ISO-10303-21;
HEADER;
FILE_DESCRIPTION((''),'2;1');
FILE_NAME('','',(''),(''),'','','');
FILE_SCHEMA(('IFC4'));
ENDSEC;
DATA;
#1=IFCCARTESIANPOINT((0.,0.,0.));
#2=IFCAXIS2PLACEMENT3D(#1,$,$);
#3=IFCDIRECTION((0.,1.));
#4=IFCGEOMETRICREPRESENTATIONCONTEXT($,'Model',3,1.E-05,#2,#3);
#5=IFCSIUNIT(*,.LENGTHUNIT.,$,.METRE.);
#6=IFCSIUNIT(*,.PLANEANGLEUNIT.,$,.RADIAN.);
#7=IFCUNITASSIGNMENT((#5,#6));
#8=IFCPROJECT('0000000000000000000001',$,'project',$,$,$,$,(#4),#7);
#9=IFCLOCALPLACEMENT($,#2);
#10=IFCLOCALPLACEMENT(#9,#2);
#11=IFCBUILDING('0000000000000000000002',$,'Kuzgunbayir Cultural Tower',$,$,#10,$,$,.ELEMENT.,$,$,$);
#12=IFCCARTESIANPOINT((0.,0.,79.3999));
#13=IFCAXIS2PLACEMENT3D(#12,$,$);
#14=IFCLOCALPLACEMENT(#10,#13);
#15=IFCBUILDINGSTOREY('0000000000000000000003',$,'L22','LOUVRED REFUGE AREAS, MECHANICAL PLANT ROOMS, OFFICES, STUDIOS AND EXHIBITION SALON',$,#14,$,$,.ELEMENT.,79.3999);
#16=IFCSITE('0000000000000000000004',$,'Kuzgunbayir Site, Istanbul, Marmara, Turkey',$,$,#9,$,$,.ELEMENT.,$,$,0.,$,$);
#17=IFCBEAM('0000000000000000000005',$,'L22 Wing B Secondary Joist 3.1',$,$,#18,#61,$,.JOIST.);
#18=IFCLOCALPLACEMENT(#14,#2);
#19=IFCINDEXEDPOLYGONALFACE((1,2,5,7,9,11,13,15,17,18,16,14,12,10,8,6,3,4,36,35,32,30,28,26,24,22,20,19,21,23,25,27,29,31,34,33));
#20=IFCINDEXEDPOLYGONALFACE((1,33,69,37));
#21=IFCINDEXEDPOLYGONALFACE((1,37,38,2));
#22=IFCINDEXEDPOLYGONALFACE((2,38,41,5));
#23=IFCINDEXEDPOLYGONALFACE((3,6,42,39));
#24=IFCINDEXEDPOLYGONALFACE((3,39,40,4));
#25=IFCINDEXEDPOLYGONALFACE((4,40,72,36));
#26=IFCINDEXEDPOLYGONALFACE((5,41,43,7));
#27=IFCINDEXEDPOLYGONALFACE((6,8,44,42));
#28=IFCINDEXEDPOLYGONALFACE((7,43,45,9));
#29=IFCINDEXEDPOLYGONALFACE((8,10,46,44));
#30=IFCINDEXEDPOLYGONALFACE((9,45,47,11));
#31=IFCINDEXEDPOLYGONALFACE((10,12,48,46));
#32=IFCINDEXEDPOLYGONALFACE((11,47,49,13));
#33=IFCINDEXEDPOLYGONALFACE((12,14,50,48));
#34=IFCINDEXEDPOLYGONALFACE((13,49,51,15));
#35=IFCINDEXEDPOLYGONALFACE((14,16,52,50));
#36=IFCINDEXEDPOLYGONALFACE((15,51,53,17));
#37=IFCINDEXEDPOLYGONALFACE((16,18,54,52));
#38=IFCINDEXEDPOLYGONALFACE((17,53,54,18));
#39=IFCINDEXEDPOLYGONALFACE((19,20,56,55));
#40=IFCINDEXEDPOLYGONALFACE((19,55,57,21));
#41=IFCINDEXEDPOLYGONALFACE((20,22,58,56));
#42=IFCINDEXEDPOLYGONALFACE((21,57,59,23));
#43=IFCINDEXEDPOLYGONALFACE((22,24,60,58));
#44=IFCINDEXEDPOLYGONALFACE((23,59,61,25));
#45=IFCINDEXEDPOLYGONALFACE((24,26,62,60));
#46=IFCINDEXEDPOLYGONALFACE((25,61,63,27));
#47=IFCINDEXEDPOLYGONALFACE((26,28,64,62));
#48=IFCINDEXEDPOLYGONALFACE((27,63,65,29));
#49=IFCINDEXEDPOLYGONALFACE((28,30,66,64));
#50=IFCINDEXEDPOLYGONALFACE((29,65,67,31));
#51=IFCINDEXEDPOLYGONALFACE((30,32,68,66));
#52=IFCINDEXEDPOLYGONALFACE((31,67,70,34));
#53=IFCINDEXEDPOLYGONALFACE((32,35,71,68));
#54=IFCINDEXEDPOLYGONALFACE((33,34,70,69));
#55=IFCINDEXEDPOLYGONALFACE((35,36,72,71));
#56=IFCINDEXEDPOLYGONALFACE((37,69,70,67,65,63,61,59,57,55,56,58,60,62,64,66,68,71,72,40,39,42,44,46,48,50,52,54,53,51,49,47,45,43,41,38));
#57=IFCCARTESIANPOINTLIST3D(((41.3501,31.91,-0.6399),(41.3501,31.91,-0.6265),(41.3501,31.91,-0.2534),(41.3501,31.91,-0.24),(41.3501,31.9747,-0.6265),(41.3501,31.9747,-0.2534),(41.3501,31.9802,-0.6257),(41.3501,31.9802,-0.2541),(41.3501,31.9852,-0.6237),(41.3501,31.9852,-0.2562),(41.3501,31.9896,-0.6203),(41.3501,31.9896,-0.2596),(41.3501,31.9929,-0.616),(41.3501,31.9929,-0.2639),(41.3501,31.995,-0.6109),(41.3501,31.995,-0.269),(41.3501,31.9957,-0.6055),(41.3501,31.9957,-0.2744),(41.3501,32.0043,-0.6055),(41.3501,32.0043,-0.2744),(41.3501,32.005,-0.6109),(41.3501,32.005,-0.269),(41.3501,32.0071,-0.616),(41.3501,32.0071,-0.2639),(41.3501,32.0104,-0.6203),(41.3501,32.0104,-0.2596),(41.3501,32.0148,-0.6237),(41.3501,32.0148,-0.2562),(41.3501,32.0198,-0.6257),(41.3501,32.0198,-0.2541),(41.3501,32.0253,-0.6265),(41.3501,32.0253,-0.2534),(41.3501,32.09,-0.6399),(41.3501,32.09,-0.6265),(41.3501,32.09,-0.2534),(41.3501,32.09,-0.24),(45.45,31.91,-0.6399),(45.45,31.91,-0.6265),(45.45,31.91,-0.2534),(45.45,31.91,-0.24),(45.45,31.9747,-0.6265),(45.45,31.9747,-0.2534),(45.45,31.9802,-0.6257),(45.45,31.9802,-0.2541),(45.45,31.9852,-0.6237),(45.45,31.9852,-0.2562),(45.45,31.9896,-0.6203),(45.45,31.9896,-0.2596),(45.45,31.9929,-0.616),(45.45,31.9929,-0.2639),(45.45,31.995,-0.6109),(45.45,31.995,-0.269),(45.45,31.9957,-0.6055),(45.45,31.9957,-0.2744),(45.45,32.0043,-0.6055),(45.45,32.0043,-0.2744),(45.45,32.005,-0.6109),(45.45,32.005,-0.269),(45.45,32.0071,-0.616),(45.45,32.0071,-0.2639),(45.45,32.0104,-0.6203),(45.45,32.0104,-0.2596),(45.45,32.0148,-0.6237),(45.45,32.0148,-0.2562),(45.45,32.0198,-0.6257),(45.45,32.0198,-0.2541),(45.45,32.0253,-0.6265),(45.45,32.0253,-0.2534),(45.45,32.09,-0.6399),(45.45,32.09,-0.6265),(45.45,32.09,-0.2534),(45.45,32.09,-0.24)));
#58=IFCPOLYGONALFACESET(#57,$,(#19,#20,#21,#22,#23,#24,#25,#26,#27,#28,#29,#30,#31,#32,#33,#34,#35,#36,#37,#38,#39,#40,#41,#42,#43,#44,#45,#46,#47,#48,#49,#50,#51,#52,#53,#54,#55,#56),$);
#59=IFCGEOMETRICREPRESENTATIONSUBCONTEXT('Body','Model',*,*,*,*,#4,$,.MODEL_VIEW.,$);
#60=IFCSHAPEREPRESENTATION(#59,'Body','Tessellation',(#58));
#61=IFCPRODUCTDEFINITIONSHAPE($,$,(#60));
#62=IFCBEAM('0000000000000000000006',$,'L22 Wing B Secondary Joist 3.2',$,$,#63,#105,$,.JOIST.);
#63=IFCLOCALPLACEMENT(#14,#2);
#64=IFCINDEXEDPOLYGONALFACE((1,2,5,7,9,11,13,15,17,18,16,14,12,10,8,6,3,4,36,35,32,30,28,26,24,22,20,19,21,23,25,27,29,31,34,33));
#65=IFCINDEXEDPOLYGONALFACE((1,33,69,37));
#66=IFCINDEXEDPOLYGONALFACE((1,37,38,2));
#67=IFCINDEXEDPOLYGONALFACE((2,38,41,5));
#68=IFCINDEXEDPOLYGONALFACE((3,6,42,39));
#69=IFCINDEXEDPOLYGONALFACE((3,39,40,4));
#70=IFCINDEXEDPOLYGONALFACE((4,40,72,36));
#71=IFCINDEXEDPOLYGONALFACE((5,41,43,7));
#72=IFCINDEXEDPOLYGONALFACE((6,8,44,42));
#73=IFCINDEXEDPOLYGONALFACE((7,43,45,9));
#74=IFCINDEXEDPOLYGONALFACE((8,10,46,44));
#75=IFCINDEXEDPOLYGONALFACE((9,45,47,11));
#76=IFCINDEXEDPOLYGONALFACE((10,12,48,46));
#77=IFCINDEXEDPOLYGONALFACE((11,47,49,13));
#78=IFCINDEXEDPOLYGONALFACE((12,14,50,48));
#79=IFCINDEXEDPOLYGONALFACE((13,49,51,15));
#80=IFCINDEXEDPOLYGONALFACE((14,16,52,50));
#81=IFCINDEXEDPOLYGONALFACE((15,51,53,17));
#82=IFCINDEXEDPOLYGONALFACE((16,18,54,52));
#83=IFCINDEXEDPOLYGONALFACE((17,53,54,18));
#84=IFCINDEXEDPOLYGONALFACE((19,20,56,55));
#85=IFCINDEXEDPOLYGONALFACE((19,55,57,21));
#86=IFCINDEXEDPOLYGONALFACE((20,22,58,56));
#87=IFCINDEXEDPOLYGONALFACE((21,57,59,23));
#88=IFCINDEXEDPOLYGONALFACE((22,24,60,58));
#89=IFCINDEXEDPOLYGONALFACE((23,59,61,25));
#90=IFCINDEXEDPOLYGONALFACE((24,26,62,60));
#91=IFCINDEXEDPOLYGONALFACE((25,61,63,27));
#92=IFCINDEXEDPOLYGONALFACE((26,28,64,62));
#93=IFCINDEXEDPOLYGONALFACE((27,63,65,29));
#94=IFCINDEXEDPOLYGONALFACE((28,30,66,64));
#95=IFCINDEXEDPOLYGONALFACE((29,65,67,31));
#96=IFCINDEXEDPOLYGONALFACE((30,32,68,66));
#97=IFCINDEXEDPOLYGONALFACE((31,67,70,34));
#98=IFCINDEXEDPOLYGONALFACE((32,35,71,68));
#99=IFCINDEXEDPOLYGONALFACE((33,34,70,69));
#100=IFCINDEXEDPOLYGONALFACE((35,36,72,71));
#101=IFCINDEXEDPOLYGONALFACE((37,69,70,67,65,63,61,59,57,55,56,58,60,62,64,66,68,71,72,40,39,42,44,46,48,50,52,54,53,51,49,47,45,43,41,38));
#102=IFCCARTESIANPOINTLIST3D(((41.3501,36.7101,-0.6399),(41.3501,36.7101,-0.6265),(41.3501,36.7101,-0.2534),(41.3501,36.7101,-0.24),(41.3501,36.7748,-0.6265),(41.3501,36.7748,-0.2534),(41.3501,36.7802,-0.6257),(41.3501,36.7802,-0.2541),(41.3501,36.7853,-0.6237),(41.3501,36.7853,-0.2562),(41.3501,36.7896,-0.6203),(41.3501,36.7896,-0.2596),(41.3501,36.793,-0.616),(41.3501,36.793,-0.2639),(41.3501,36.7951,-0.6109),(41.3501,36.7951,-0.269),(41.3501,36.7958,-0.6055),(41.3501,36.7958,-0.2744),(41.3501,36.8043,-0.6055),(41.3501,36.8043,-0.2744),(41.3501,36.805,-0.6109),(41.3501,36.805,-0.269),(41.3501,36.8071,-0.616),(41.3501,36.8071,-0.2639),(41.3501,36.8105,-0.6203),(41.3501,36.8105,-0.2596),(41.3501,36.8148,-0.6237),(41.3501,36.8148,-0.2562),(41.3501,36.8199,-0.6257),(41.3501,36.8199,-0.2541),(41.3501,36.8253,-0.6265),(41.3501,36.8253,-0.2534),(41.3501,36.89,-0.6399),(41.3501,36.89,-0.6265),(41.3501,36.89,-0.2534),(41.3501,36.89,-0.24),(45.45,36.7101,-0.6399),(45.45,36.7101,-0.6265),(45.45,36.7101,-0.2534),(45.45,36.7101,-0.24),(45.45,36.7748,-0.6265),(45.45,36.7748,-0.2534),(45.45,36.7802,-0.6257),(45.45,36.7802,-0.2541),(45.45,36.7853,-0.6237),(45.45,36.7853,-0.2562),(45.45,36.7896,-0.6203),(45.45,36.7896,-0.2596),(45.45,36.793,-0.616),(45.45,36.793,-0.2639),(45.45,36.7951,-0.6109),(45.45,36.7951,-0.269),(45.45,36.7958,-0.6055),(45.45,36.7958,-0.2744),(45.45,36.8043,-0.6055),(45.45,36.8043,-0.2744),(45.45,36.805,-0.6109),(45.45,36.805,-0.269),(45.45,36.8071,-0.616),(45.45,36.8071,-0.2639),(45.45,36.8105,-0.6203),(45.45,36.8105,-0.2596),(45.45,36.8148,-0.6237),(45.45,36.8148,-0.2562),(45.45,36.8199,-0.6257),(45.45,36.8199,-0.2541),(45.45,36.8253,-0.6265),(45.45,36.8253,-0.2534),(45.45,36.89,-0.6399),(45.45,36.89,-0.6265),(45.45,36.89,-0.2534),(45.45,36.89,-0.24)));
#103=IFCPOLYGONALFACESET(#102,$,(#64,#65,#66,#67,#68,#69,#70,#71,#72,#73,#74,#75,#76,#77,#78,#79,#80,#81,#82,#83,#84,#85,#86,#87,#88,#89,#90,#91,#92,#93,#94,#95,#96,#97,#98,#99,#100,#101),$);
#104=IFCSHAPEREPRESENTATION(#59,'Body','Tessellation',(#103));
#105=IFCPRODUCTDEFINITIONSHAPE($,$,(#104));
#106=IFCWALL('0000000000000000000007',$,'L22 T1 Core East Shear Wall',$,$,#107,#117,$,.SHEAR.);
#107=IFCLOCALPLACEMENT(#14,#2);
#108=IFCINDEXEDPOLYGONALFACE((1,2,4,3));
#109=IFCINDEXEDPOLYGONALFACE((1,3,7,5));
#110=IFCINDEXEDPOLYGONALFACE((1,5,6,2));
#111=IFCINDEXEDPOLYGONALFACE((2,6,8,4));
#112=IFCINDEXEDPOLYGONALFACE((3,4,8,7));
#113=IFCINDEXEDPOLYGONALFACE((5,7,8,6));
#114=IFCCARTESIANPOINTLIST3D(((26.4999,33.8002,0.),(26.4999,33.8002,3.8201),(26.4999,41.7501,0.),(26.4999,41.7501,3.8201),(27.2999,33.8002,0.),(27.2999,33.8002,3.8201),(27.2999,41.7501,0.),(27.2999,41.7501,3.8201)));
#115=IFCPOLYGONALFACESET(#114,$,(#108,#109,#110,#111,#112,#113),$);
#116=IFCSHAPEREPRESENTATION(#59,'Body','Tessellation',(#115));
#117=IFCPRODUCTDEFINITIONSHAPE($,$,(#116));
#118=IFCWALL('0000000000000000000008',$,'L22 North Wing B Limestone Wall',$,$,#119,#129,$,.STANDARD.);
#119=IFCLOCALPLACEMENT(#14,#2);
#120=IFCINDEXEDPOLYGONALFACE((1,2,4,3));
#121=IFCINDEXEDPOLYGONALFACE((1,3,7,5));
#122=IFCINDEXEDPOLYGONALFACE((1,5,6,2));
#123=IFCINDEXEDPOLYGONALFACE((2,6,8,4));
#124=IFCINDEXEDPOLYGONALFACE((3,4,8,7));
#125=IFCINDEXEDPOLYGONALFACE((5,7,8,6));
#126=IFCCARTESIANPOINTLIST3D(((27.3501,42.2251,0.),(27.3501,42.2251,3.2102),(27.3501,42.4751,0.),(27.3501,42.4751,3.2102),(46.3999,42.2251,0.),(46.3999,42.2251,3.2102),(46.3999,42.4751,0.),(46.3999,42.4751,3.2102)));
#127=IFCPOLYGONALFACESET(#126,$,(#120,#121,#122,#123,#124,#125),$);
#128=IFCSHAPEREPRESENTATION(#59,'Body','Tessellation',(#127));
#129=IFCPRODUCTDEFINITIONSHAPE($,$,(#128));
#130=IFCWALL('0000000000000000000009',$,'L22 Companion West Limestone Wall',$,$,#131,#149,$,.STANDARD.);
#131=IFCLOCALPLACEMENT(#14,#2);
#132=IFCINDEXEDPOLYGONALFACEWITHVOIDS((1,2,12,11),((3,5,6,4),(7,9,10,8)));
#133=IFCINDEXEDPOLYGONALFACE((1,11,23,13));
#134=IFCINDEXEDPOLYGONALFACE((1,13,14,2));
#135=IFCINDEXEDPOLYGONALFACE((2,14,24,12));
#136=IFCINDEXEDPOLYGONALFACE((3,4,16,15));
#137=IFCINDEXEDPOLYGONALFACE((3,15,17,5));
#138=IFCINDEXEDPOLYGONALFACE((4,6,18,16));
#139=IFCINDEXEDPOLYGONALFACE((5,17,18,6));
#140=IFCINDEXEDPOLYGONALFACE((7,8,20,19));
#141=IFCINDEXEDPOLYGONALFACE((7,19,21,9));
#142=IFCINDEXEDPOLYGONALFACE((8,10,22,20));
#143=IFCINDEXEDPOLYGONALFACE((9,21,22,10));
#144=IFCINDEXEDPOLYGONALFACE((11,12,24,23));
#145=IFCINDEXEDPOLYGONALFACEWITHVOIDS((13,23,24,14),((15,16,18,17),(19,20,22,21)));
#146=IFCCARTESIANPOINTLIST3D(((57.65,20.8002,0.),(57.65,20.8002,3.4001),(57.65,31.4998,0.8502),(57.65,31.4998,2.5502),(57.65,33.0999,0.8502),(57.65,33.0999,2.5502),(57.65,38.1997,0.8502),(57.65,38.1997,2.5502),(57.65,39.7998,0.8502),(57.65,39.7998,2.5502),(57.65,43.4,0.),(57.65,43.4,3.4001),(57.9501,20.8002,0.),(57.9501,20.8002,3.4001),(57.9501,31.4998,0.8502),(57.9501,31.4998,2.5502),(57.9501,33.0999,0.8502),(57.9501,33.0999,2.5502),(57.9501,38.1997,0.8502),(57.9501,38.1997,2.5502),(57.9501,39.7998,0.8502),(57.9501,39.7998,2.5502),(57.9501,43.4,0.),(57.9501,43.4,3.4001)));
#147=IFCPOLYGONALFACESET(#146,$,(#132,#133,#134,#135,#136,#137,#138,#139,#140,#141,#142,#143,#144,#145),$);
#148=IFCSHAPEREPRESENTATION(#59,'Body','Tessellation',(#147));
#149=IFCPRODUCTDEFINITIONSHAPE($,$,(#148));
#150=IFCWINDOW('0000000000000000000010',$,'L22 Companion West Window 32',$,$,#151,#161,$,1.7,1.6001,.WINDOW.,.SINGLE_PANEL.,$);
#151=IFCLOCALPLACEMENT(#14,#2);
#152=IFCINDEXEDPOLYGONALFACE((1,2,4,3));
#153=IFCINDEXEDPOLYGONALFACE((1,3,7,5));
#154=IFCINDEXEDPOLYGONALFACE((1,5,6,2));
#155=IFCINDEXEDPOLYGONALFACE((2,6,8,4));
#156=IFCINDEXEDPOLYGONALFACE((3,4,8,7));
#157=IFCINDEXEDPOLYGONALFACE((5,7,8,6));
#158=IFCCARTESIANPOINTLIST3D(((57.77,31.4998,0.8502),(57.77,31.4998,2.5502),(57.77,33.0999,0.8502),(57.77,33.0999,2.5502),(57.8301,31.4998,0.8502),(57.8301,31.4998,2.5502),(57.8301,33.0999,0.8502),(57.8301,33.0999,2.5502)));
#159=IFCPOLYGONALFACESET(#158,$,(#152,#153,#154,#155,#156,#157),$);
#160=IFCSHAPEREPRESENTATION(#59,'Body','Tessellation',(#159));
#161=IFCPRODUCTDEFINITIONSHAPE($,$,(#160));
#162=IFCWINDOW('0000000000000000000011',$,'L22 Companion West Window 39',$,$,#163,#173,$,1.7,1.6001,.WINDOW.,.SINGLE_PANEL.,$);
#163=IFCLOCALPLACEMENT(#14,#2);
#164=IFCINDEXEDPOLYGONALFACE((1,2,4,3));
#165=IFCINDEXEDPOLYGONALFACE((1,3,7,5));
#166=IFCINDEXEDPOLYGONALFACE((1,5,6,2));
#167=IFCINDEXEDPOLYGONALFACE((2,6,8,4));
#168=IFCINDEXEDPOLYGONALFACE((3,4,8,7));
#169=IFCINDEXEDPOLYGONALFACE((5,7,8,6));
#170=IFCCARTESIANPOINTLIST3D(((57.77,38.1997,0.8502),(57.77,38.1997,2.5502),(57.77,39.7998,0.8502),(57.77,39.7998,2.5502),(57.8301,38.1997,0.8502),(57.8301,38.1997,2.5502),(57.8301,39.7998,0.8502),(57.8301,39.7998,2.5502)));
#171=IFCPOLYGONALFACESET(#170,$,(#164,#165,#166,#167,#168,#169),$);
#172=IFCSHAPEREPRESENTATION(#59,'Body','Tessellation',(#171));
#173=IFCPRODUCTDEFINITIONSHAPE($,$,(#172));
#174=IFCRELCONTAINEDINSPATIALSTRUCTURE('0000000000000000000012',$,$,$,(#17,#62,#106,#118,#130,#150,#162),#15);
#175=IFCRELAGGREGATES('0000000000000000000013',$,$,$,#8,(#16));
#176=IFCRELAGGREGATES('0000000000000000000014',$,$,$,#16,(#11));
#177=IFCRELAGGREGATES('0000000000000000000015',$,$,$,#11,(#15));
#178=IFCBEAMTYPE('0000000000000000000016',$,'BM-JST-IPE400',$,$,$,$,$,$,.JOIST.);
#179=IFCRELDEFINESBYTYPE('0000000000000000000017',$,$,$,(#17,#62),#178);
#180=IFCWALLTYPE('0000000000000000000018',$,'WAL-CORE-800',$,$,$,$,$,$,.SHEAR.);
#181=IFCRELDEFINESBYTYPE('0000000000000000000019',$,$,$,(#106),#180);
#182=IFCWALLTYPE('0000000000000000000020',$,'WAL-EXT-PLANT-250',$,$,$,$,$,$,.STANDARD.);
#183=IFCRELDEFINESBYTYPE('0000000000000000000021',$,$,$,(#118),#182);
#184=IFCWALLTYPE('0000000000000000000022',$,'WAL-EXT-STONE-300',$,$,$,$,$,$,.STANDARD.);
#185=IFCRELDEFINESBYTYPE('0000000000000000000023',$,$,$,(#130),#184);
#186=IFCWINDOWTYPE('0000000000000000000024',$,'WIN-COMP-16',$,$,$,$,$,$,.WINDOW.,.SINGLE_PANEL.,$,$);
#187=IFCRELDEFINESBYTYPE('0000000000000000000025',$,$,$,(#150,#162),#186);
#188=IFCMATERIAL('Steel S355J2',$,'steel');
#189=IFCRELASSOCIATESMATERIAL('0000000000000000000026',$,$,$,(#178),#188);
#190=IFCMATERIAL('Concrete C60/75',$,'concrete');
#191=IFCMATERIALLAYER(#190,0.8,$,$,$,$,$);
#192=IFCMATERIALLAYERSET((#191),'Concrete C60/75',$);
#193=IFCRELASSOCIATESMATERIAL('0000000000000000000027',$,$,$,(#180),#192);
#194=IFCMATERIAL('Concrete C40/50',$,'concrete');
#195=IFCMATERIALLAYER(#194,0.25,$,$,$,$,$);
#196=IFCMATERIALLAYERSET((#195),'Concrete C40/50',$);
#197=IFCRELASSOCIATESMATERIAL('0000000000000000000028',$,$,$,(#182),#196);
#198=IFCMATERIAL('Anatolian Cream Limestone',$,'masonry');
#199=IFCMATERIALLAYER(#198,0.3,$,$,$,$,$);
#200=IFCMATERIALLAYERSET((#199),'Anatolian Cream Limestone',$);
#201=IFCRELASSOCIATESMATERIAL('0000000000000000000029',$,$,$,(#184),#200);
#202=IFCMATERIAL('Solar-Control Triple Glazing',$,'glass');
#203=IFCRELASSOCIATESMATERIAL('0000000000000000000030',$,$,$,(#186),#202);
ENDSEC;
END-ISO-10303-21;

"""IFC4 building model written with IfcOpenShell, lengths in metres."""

from ifc_helpers import new_model, si_unit, direction, frame, frame_2d, origin, origin_2d, place, context, subcontext, project, spatial, rectangle, i_section, extrude, material, layer, layer_set, material_profile, profile_set, type_object, element, fill, save


model = new_model("IFC4")

# Units and contexts
model_context = context("Model", 3, precision=1e-05, world=origin(), true_north=direction((0.0, 1.0)))
body_context = subcontext(model_context, "Body", "Model", "MODEL_VIEW")
ifc_project = project(units=[si_unit("LENGTHUNIT", "METRE"), si_unit("PLANEANGLEUNIT", "RADIAN")], contexts=[model_context])

# Site, building, storey
site_placement = place(None, origin())
site = spatial("IfcSite", under=ifc_project, at=site_placement, Name="Kuzgunbayir Site, Istanbul, Marmara, Turkey", CompositionType="ELEMENT", RefElevation=0.0)
building_placement = place(site_placement, origin())
building = spatial("IfcBuilding", under=site, at=building_placement, Name="Kuzgunbayir Cultural Tower", CompositionType="ELEMENT")
storey_placement = place(building_placement, frame((0.0, 0.0, 79.3999)))
storey = spatial("IfcBuildingStorey", under=building, at=storey_placement, Name="L22", Description="LOUVRED REFUGE AREAS, MECHANICAL PLANT ROOMS, OFFICES, STUDIOS AND EXHIBITION SALON", CompositionType="ELEMENT", Elevation=79.3999)

# Shared definitions
ifc_material_1 = material(Name="Concrete C60/75", Category="concrete")

# Beams
ifc_material_2 = material(Name="Steel S355J2", Category="steel")
ifc_material_profile_1 = material_profile(ifc_material_2, i_section(OverallWidth=0.1799, OverallDepth=0.3999, WebThickness=0.0085, FlangeThickness=0.0134, FilletRadius=0.021, at=origin_2d()), Name="IPE 400")
ifc_profile_set_1 = profile_set([ifc_material_profile_1], Name="Steel S355J2")
beam_type_1 = type_object("IfcBeamType", Name="BM-JST-IPE400", PredefinedType="JOIST", material=ifc_profile_set_1)
for number, where, z_axis, x_axis, name in (
    (1, (41.3501, 32.0, -0.4399), (1.0, 0.0, 0.0), (0.0, 1.0, 0.0), "L22 Wing B Secondary Joist 3.1"),
    (2, (41.3501, 36.8, -0.4399), (1.0, 0.0, 0.0), (0.0, 1.0, 0.0), "L22 Wing B Secondary Joist 3.2"),
):
    element("IfcBeam", number, at=place(storey_placement, frame(where, z_axis=z_axis, x_axis=x_axis)), inside=storey, type_object=beam_type_1, Name=name, PredefinedType="JOIST", context=body_context, shape_type="SweptSolid", body=[
        extrude(i_section(OverallWidth=0.1799, OverallDepth=0.3999, WebThickness=0.0085, FlangeThickness=0.0134, FilletRadius=0.021, at=origin_2d()), origin(), (0.0, 0.0, 1.0), 4.0999),
    ])

# Walls
ifc_layer_1 = layer(ifc_material_1, 0.8)
ifc_layer_set_1 = layer_set([ifc_layer_1], Name="Concrete C60/75")
wall_type_1 = type_object("IfcWallType", Name="WAL-CORE-800", PredefinedType="SHEAR", material=ifc_layer_set_1)
wall_1_placement = place(storey_placement, frame((26.8999, 33.8, 0.0), z_axis=(0.0, 0.0, 1.0), x_axis=(0.0, 1.0, 0.0)))
element("IfcWall", 3, at=wall_1_placement, inside=storey, type_object=wall_type_1, Name="L22 T1 Core East Shear Wall", PredefinedType="SHEAR", context=body_context, shape_type="SweptSolid", body=[
    extrude(rectangle(XDim=7.95, YDim=0.8, at=frame_2d((3.9751, 0.0))), origin(), (0.0, 0.0, 1.0), 3.8201),
])
ifc_material_3 = material(Name="Concrete C40/50", Category="concrete")
ifc_layer_2 = layer(ifc_material_3, 0.25)
ifc_layer_set_2 = layer_set([ifc_layer_2], Name="Concrete C40/50")
wall_type_2 = type_object("IfcWallType", Name="WAL-EXT-PLANT-250", PredefinedType="STANDARD", material=ifc_layer_set_2)
wall_2_placement = place(storey_placement, frame((46.3999, 42.3501, 0.0), z_axis=(0.0, 0.0, 1.0), x_axis=(-1.0, 0.0, 0.0)))
element("IfcWall", 4, at=wall_2_placement, inside=storey, type_object=wall_type_2, Name="L22 North Wing B Limestone Wall", PredefinedType="STANDARD", context=body_context, shape_type="SweptSolid", body=[
    extrude(rectangle(XDim=19.0498, YDim=0.25, at=frame_2d((9.5249, 0.0))), origin(), (0.0, 0.0, 1.0), 3.2102),
])

# Wall, openings, windows
ifc_material_4 = material(Name="Anatolian Cream Limestone", Category="masonry")
ifc_layer_3 = layer(ifc_material_4, 0.3)
ifc_layer_set_3 = layer_set([ifc_layer_3], Name="Anatolian Cream Limestone")
wall_type_3 = type_object("IfcWallType", Name="WAL-EXT-STONE-300", PredefinedType="STANDARD", material=ifc_layer_set_3)
wall_3_placement = place(storey_placement, frame((57.8, 43.3999, 0.0), z_axis=(0.0, 0.0, 1.0), x_axis=(0.0, -1.0, 0.0)))
wall_3 = element("IfcWall", 5, at=wall_3_placement, inside=storey, type_object=wall_type_3, Name="L22 Companion West Limestone Wall", PredefinedType="STANDARD", context=body_context, shape_type="SweptSolid", body=[
    extrude(rectangle(XDim=22.5999, YDim=0.3, at=frame_2d((11.2998, 0.0))), origin(), (0.0, 0.0, 1.0), 3.4001),
])
opening_1_placement = place(wall_3_placement, frame((10.3, 0.0, 0.8501)))
opening_1 = element("IfcOpeningElement", 6, at=opening_1_placement, cuts=wall_3, PredefinedType="OPENING", context=body_context, shape_type="SweptSolid", body=[
    extrude(rectangle(XDim=1.6001, YDim=1.7, at=frame_2d((0.8, 0.8501))), frame((0.0, 0.1602, 0.0), z_axis=(0.0, -1.0, 0.0), x_axis=(1.0, 0.0, 0.0)), (0.0, 0.0, 1.0), 0.3201),
])
opening_2_placement = place(wall_3_placement, frame((3.6001, 0.0, 0.8501)))
opening_2 = element("IfcOpeningElement", 7, at=opening_2_placement, cuts=wall_3, PredefinedType="OPENING", context=body_context, shape_type="SweptSolid", body=[
    extrude(rectangle(XDim=1.6001, YDim=1.7, at=frame_2d((0.8, 0.8501))), frame((0.0, 0.1602, 0.0), z_axis=(0.0, -1.0, 0.0), x_axis=(1.0, 0.0, 0.0)), (0.0, 0.0, 1.0), 0.3201),
])
ifc_material_5 = material(Name="Solar-Control Triple Glazing", Category="glass")
window_type = type_object("IfcWindowType", Name="WIN-COMP-16", PartitioningType="SINGLE_PANEL", PredefinedType="WINDOW", material=ifc_material_5)
window_1_placement = place(opening_1_placement, origin())
window_1 = element("IfcWindow", 8, at=window_1_placement, inside=storey, type_object=window_type, Name="L22 Companion West Window 32", OverallHeight=1.7, OverallWidth=1.6001, PartitioningType="SINGLE_PANEL", PredefinedType="WINDOW", context=body_context, shape_type="SweptSolid", body=[
    extrude(rectangle(XDim=1.6001, YDim=1.7, at=frame_2d((0.8, 0.8501))), frame((0.0, 0.03, 0.0), z_axis=(0.0, -1.0, 0.0), x_axis=(1.0, 0.0, 0.0)), (0.0, 0.0, 1.0), 0.0601),
])
fill(opening_1, window_1)
window_2_placement = place(opening_2_placement, origin())
window_2 = element("IfcWindow", 9, at=window_2_placement, inside=storey, type_object=window_type, Name="L22 Companion West Window 39", OverallHeight=1.7, OverallWidth=1.6001, PartitioningType="SINGLE_PANEL", PredefinedType="WINDOW", context=body_context, shape_type="SweptSolid", body=[
    extrude(rectangle(XDim=1.6001, YDim=1.7, at=frame_2d((0.8, 0.8501))), frame((0.0, 0.03, 0.0), z_axis=(0.0, -1.0, 0.0), x_axis=(1.0, 0.0, 0.0)), (0.0, 0.0, 1.0), 0.0601),
])
fill(opening_2, window_2)

save(model, "model.ifc")
